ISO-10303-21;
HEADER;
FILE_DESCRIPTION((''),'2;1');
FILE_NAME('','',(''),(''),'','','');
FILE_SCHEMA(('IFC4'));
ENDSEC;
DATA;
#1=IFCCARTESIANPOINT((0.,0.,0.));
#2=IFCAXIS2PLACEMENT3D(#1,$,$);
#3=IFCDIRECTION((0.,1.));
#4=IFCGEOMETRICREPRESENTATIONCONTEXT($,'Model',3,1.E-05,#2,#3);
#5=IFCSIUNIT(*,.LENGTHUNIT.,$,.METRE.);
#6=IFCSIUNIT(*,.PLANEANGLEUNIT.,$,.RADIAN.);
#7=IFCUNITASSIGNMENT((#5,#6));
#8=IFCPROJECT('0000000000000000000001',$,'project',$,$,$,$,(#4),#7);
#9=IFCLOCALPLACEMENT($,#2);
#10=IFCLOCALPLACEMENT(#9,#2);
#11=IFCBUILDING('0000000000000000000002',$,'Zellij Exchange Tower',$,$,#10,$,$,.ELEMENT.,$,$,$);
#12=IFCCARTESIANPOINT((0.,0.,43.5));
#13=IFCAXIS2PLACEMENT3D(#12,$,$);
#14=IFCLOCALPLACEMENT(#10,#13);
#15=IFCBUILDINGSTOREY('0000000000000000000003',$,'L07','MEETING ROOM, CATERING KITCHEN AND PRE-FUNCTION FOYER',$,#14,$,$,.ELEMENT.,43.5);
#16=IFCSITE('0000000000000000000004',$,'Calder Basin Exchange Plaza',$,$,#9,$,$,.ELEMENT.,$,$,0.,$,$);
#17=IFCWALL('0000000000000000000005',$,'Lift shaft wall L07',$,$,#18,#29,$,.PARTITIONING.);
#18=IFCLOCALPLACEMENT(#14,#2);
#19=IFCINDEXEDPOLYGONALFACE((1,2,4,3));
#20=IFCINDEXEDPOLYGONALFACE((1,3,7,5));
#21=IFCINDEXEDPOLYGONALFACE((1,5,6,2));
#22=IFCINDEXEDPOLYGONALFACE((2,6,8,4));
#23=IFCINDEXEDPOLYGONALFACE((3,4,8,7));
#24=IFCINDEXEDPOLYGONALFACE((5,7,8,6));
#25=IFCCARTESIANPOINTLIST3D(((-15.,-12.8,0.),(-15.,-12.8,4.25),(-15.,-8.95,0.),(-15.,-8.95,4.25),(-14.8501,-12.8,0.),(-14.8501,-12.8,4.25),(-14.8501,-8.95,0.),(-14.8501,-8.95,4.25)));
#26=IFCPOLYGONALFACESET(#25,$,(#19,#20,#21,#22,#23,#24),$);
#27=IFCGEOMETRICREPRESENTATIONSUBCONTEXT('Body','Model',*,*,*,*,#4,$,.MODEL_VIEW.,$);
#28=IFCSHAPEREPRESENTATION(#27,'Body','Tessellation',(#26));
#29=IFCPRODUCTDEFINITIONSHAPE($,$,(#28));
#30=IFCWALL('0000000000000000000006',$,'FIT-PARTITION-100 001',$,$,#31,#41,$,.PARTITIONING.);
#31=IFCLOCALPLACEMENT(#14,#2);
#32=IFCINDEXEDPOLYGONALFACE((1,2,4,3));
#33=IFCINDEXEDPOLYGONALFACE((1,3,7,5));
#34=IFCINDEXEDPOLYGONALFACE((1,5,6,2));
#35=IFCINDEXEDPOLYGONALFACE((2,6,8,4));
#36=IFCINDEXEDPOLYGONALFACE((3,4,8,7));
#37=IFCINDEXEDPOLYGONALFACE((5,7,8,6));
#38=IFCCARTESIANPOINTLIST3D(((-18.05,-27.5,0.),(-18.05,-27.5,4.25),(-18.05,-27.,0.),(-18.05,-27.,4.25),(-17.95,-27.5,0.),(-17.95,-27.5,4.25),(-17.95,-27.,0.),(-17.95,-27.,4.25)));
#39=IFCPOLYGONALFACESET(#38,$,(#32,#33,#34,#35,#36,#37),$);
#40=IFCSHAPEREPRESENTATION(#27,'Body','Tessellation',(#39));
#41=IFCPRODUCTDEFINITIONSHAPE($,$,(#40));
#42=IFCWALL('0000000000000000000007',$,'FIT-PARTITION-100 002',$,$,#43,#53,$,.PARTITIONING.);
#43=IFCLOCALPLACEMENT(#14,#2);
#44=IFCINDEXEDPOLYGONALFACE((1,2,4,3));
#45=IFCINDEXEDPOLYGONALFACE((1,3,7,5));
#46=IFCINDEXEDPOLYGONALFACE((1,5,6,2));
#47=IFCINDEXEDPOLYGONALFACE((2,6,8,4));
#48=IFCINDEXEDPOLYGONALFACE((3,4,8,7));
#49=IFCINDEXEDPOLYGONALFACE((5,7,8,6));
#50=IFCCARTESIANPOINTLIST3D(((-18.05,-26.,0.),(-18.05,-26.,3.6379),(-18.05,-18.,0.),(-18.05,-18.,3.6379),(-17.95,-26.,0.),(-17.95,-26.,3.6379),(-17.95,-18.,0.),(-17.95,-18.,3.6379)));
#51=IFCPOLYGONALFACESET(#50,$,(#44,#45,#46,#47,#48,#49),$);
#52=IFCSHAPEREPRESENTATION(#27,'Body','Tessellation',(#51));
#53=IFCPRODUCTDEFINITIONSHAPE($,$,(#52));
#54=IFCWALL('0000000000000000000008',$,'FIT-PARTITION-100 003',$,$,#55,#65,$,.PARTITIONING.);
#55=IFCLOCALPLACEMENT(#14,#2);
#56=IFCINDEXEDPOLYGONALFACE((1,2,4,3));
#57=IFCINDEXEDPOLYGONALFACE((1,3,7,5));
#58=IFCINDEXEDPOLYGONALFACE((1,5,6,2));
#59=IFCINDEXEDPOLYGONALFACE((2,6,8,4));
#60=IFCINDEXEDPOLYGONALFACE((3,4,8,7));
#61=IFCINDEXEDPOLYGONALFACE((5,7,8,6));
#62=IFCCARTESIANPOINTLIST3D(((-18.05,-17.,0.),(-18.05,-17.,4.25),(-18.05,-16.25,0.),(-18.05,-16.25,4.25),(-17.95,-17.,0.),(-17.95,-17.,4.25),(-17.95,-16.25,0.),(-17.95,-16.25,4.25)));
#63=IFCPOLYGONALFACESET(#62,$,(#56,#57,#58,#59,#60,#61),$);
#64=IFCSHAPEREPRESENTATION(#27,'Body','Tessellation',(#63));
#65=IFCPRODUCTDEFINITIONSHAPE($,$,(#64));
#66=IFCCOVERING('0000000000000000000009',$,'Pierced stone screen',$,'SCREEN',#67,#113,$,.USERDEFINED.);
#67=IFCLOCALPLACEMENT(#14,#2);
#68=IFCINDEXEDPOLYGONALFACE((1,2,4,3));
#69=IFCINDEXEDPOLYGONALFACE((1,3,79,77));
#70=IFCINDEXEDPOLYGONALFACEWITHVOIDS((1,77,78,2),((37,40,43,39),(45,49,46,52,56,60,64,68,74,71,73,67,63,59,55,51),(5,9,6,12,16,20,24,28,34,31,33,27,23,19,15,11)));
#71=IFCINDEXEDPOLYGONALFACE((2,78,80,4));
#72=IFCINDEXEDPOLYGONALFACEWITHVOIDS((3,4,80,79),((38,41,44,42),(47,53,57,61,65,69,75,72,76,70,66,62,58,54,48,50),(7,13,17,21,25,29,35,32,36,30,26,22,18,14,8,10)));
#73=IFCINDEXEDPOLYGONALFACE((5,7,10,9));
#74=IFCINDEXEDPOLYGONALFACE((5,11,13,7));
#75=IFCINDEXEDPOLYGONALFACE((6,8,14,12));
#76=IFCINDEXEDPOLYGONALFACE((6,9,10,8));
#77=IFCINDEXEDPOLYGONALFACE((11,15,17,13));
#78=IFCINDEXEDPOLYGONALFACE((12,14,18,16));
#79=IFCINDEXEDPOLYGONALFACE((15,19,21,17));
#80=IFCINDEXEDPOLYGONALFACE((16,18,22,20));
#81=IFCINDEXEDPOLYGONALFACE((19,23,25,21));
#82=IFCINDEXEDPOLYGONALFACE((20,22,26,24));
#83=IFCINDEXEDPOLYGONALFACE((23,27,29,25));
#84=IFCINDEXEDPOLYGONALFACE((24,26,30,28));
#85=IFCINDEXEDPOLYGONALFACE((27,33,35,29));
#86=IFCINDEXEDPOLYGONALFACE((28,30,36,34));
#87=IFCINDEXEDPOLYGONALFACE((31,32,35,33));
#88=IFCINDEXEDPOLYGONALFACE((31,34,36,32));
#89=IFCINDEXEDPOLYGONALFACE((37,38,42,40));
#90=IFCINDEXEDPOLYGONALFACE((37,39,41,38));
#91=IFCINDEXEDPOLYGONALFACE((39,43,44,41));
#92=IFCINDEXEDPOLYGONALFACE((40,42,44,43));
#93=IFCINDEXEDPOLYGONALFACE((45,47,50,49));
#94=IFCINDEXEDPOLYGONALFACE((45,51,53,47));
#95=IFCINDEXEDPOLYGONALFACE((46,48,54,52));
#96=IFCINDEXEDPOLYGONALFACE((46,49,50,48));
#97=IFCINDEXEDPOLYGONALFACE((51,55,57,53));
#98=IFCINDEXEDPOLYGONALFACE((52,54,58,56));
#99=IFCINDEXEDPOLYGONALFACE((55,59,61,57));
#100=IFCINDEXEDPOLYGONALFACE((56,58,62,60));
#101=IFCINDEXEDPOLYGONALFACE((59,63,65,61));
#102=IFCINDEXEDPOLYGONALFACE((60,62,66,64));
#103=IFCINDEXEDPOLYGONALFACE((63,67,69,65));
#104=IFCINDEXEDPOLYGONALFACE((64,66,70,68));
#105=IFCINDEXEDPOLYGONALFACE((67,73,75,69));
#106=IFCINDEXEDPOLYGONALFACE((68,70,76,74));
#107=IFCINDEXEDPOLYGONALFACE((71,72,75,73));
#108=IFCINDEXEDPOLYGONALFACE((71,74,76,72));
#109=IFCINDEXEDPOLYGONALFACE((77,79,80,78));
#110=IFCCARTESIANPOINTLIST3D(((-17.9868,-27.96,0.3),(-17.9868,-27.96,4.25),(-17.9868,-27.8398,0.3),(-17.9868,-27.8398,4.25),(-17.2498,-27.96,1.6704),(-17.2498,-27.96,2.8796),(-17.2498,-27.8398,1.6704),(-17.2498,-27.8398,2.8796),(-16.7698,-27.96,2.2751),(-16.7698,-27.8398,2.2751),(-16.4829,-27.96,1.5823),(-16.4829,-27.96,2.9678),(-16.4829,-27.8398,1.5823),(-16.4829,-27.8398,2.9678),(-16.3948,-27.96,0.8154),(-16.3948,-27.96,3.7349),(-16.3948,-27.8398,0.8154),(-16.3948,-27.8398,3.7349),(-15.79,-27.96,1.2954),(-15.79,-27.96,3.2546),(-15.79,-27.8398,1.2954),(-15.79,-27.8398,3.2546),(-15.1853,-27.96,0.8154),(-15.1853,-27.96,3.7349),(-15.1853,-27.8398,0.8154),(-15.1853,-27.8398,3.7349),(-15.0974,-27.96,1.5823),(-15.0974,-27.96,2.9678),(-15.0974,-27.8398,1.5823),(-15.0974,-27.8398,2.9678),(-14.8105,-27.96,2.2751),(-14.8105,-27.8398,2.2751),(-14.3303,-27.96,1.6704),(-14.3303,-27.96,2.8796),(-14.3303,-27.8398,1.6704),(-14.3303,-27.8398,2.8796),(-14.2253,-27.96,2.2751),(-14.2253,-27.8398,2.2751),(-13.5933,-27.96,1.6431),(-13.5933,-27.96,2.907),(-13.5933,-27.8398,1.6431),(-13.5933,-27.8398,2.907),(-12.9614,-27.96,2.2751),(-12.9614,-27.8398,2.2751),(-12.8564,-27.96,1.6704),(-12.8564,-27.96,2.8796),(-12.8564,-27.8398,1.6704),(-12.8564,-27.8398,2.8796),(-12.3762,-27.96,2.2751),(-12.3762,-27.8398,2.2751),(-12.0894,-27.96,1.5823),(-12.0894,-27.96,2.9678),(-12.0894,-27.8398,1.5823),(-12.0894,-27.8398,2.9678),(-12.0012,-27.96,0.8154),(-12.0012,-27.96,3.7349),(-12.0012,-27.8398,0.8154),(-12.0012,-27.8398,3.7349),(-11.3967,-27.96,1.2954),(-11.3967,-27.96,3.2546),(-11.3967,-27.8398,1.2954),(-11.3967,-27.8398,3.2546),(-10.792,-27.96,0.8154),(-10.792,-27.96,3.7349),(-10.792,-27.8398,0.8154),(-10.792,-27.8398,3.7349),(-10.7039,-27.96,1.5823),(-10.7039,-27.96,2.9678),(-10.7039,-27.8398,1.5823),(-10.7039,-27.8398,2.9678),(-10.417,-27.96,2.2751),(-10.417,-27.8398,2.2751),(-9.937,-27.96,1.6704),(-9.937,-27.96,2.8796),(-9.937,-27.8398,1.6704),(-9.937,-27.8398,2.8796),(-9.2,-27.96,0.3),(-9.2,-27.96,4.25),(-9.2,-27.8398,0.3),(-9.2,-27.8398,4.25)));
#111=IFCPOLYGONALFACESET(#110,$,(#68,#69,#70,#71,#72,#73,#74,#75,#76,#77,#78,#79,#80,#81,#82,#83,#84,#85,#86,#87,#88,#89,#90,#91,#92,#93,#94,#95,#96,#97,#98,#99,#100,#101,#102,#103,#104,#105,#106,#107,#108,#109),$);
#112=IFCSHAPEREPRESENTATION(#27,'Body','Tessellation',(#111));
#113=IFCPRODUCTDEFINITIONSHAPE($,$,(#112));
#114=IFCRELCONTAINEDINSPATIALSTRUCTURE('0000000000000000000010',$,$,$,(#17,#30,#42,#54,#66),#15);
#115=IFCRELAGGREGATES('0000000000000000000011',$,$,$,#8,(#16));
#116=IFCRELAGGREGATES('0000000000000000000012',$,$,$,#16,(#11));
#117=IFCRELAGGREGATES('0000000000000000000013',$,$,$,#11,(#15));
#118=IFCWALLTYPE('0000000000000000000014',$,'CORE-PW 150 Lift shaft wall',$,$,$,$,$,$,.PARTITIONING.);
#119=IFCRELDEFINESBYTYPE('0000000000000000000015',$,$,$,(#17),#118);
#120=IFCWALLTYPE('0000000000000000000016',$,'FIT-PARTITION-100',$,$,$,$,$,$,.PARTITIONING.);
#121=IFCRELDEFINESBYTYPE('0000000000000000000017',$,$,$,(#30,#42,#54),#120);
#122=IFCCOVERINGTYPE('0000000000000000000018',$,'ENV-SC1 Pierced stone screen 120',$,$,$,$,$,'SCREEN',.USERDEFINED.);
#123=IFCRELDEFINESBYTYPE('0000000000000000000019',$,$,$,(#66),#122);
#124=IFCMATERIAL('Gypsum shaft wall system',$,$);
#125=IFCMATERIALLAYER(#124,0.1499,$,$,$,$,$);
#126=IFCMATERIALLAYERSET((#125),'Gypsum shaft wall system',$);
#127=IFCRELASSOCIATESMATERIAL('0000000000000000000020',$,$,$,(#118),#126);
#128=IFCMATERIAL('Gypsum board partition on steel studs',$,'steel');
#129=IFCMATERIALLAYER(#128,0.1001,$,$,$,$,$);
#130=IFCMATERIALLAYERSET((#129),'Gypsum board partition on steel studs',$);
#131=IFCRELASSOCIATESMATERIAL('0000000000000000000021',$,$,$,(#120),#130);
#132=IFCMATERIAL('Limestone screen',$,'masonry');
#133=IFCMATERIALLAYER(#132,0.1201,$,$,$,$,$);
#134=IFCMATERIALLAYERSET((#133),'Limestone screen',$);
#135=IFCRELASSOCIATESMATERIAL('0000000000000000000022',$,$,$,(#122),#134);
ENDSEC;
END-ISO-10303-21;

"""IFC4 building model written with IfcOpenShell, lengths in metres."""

from ifc_helpers import new_model, si_unit, direction, frame, frame_2d, origin, place, context, subcontext, project, spatial, polyline, rectangle, outline, extrude, material, layer, layer_set, type_object, element, save


model = new_model("IFC4")

# Units and contexts
model_context = context("Model", 3, precision=1e-05, world=origin(), true_north=direction((0.0, 1.0)))
body_context = subcontext(model_context, "Body", "Model", "MODEL_VIEW")
ifc_project = project(units=[si_unit("LENGTHUNIT", "METRE"), si_unit("PLANEANGLEUNIT", "RADIAN")], contexts=[model_context])

# Site, building, storey
site_placement = place(None, origin())
site = spatial("IfcSite", under=ifc_project, at=site_placement, Name="Calder Basin Exchange Plaza", CompositionType="ELEMENT", RefElevation=0.0)
building_placement = place(site_placement, origin())
building = spatial("IfcBuilding", under=site, at=building_placement, Name="Zellij Exchange Tower", CompositionType="ELEMENT")
storey_placement = place(building_placement, frame((0.0, 0.0, 43.5)))
storey = spatial("IfcBuildingStorey", under=building, at=storey_placement, Name="L07", Description="MEETING ROOM, CATERING KITCHEN AND PRE-FUNCTION FOYER", CompositionType="ELEMENT", Elevation=43.5)

# Walls
ifc_material_1 = material(Name="Gypsum shaft wall system")
ifc_layer_1 = layer(ifc_material_1, 0.1499)
ifc_layer_set_1 = layer_set([ifc_layer_1], Name="Gypsum shaft wall system")
wall_type_1 = type_object("IfcWallType", Name="CORE-PW 150 Lift shaft wall", PredefinedType="PARTITIONING", material=ifc_layer_set_1)
for number, where, z_axis, x_axis, name in (
    (1, (-14.925, -12.8, 0.0), (0.0, 0.0, 1.0), (0.0, 1.0, 0.0), "Lift shaft wall L07"),
):
    element("IfcWall", number, at=place(storey_placement, frame(where, z_axis=z_axis, x_axis=x_axis)), inside=storey, type_object=wall_type_1, Name=name, PredefinedType="PARTITIONING", context=body_context, shape_type="SweptSolid", body=[
        extrude(rectangle(XDim=3.8501, YDim=0.1499, at=frame_2d((1.925, 0.0))), origin(), (0.0, 0.0, 1.0), 4.25),
    ])
ifc_material_2 = material(Name="Gypsum board partition on steel studs", Category="steel")
ifc_layer_2 = layer(ifc_material_2, 0.1001)
ifc_layer_set_2 = layer_set([ifc_layer_2], Name="Gypsum board partition on steel studs")
wall_type_2 = type_object("IfcWallType", Name="FIT-PARTITION-100", PredefinedType="PARTITIONING", material=ifc_layer_set_2)
wall_1_placement = place(storey_placement, frame((-18.0, -27.5, 0.0), z_axis=(0.0, 0.0, 1.0), x_axis=(0.0, 1.0, 0.0)))
element("IfcWall", 2, at=wall_1_placement, inside=storey, type_object=wall_type_2, Name="FIT-PARTITION-100 001", PredefinedType="PARTITIONING", context=body_context, shape_type="SweptSolid", body=[
    extrude(rectangle(XDim=0.5, YDim=0.1001, at=frame_2d((0.25, 0.0))), origin(), (0.0, 0.0, 1.0), 4.25),
])
wall_2_placement = place(storey_placement, frame((-18.0, -26.0, 0.0), z_axis=(0.0, 0.0, 1.0), x_axis=(0.0, 1.0, 0.0)))
element("IfcWall", 3, at=wall_2_placement, inside=storey, type_object=wall_type_2, Name="FIT-PARTITION-100 002", PredefinedType="PARTITIONING", context=body_context, shape_type="SweptSolid", body=[
    extrude(rectangle(XDim=8.0, YDim=0.1001, at=frame_2d((4.0, 0.0))), origin(), (0.0, 0.0, 1.0), 3.6379),
])
wall_3_placement = place(storey_placement, frame((-18.0, -17.0, 0.0), z_axis=(0.0, 0.0, 1.0), x_axis=(0.0, 1.0, 0.0)))
element("IfcWall", 4, at=wall_3_placement, inside=storey, type_object=wall_type_2, Name="FIT-PARTITION-100 003", PredefinedType="PARTITIONING", context=body_context, shape_type="SweptSolid", body=[
    extrude(rectangle(XDim=0.75, YDim=0.1001, at=frame_2d((0.375, 0.0))), origin(), (0.0, 0.0, 1.0), 4.25),
])

# Covering
ifc_material_3 = material(Name="Limestone screen", Category="masonry")
ifc_layer_3 = layer(ifc_material_3, 0.1201)
ifc_layer_set_3 = layer_set([ifc_layer_3], Name="Limestone screen")
covering_type = type_object("IfcCoveringType", Name="ENV-SC1 Pierced stone screen 120", ElementType="SCREEN", PredefinedType="USERDEFINED", material=ifc_layer_set_3)
covering_placement = place(storey_placement, frame((-17.9868, -27.8999, 0.3), z_axis=(0.0, 0.0, 1.0), x_axis=(1.0, 0.0, 0.0)))
element("IfcCovering", 5, at=covering_placement, inside=storey, type_object=covering_type, Name="Pierced stone screen", ObjectType="SCREEN", PredefinedType="USERDEFINED", context=body_context, shape_type="SweptSolid", body=[
    extrude(outline(polyline([(0.0, 0.0), (8.7869, 0.0), (8.7869, 3.95), (0.0, 3.95), (0.0, 0.0)]), holes=[polyline([(3.6565, 2.5796), (2.8894, 2.6677), (2.8015, 3.4348), (2.1968, 2.9546), (1.592, 3.4348), (1.5039, 2.6677), (0.7371, 2.5796), (1.217, 1.9751), (0.7371, 1.3704), (1.5039, 1.2822), (1.592, 0.5154), (2.1968, 0.9954), (2.8015, 0.5154), (2.8894, 1.2822), (3.6565, 1.3704), (3.1763, 1.9751), (3.6565, 2.5796)]), polyline([(8.0498, 2.5796), (7.283, 2.6677), (7.1948, 3.4348), (6.5901, 2.9546), (5.9856, 3.4348), (5.8975, 2.6677), (5.1304, 2.5796), (5.6106, 1.9751), (5.1304, 1.3704), (5.8975, 1.2822), (5.9856, 0.5154), (6.5901, 0.9954), (7.1948, 0.5154), (7.283, 1.2822), (8.0498, 1.3704), (7.5698, 1.9751), (8.0498, 2.5796)]), polyline([(5.0254, 1.9751), (4.3936, 2.6069), (3.7615, 1.9751), (4.3936, 1.343), (5.0254, 1.9751)])]), frame((0.0, 0.0601, 0.0), z_axis=(0.0, -1.0, 0.0), x_axis=(1.0, 0.0, 0.0)), (0.0, 0.0, 1.0), 0.1201),
])

save(model, "model.ifc")
